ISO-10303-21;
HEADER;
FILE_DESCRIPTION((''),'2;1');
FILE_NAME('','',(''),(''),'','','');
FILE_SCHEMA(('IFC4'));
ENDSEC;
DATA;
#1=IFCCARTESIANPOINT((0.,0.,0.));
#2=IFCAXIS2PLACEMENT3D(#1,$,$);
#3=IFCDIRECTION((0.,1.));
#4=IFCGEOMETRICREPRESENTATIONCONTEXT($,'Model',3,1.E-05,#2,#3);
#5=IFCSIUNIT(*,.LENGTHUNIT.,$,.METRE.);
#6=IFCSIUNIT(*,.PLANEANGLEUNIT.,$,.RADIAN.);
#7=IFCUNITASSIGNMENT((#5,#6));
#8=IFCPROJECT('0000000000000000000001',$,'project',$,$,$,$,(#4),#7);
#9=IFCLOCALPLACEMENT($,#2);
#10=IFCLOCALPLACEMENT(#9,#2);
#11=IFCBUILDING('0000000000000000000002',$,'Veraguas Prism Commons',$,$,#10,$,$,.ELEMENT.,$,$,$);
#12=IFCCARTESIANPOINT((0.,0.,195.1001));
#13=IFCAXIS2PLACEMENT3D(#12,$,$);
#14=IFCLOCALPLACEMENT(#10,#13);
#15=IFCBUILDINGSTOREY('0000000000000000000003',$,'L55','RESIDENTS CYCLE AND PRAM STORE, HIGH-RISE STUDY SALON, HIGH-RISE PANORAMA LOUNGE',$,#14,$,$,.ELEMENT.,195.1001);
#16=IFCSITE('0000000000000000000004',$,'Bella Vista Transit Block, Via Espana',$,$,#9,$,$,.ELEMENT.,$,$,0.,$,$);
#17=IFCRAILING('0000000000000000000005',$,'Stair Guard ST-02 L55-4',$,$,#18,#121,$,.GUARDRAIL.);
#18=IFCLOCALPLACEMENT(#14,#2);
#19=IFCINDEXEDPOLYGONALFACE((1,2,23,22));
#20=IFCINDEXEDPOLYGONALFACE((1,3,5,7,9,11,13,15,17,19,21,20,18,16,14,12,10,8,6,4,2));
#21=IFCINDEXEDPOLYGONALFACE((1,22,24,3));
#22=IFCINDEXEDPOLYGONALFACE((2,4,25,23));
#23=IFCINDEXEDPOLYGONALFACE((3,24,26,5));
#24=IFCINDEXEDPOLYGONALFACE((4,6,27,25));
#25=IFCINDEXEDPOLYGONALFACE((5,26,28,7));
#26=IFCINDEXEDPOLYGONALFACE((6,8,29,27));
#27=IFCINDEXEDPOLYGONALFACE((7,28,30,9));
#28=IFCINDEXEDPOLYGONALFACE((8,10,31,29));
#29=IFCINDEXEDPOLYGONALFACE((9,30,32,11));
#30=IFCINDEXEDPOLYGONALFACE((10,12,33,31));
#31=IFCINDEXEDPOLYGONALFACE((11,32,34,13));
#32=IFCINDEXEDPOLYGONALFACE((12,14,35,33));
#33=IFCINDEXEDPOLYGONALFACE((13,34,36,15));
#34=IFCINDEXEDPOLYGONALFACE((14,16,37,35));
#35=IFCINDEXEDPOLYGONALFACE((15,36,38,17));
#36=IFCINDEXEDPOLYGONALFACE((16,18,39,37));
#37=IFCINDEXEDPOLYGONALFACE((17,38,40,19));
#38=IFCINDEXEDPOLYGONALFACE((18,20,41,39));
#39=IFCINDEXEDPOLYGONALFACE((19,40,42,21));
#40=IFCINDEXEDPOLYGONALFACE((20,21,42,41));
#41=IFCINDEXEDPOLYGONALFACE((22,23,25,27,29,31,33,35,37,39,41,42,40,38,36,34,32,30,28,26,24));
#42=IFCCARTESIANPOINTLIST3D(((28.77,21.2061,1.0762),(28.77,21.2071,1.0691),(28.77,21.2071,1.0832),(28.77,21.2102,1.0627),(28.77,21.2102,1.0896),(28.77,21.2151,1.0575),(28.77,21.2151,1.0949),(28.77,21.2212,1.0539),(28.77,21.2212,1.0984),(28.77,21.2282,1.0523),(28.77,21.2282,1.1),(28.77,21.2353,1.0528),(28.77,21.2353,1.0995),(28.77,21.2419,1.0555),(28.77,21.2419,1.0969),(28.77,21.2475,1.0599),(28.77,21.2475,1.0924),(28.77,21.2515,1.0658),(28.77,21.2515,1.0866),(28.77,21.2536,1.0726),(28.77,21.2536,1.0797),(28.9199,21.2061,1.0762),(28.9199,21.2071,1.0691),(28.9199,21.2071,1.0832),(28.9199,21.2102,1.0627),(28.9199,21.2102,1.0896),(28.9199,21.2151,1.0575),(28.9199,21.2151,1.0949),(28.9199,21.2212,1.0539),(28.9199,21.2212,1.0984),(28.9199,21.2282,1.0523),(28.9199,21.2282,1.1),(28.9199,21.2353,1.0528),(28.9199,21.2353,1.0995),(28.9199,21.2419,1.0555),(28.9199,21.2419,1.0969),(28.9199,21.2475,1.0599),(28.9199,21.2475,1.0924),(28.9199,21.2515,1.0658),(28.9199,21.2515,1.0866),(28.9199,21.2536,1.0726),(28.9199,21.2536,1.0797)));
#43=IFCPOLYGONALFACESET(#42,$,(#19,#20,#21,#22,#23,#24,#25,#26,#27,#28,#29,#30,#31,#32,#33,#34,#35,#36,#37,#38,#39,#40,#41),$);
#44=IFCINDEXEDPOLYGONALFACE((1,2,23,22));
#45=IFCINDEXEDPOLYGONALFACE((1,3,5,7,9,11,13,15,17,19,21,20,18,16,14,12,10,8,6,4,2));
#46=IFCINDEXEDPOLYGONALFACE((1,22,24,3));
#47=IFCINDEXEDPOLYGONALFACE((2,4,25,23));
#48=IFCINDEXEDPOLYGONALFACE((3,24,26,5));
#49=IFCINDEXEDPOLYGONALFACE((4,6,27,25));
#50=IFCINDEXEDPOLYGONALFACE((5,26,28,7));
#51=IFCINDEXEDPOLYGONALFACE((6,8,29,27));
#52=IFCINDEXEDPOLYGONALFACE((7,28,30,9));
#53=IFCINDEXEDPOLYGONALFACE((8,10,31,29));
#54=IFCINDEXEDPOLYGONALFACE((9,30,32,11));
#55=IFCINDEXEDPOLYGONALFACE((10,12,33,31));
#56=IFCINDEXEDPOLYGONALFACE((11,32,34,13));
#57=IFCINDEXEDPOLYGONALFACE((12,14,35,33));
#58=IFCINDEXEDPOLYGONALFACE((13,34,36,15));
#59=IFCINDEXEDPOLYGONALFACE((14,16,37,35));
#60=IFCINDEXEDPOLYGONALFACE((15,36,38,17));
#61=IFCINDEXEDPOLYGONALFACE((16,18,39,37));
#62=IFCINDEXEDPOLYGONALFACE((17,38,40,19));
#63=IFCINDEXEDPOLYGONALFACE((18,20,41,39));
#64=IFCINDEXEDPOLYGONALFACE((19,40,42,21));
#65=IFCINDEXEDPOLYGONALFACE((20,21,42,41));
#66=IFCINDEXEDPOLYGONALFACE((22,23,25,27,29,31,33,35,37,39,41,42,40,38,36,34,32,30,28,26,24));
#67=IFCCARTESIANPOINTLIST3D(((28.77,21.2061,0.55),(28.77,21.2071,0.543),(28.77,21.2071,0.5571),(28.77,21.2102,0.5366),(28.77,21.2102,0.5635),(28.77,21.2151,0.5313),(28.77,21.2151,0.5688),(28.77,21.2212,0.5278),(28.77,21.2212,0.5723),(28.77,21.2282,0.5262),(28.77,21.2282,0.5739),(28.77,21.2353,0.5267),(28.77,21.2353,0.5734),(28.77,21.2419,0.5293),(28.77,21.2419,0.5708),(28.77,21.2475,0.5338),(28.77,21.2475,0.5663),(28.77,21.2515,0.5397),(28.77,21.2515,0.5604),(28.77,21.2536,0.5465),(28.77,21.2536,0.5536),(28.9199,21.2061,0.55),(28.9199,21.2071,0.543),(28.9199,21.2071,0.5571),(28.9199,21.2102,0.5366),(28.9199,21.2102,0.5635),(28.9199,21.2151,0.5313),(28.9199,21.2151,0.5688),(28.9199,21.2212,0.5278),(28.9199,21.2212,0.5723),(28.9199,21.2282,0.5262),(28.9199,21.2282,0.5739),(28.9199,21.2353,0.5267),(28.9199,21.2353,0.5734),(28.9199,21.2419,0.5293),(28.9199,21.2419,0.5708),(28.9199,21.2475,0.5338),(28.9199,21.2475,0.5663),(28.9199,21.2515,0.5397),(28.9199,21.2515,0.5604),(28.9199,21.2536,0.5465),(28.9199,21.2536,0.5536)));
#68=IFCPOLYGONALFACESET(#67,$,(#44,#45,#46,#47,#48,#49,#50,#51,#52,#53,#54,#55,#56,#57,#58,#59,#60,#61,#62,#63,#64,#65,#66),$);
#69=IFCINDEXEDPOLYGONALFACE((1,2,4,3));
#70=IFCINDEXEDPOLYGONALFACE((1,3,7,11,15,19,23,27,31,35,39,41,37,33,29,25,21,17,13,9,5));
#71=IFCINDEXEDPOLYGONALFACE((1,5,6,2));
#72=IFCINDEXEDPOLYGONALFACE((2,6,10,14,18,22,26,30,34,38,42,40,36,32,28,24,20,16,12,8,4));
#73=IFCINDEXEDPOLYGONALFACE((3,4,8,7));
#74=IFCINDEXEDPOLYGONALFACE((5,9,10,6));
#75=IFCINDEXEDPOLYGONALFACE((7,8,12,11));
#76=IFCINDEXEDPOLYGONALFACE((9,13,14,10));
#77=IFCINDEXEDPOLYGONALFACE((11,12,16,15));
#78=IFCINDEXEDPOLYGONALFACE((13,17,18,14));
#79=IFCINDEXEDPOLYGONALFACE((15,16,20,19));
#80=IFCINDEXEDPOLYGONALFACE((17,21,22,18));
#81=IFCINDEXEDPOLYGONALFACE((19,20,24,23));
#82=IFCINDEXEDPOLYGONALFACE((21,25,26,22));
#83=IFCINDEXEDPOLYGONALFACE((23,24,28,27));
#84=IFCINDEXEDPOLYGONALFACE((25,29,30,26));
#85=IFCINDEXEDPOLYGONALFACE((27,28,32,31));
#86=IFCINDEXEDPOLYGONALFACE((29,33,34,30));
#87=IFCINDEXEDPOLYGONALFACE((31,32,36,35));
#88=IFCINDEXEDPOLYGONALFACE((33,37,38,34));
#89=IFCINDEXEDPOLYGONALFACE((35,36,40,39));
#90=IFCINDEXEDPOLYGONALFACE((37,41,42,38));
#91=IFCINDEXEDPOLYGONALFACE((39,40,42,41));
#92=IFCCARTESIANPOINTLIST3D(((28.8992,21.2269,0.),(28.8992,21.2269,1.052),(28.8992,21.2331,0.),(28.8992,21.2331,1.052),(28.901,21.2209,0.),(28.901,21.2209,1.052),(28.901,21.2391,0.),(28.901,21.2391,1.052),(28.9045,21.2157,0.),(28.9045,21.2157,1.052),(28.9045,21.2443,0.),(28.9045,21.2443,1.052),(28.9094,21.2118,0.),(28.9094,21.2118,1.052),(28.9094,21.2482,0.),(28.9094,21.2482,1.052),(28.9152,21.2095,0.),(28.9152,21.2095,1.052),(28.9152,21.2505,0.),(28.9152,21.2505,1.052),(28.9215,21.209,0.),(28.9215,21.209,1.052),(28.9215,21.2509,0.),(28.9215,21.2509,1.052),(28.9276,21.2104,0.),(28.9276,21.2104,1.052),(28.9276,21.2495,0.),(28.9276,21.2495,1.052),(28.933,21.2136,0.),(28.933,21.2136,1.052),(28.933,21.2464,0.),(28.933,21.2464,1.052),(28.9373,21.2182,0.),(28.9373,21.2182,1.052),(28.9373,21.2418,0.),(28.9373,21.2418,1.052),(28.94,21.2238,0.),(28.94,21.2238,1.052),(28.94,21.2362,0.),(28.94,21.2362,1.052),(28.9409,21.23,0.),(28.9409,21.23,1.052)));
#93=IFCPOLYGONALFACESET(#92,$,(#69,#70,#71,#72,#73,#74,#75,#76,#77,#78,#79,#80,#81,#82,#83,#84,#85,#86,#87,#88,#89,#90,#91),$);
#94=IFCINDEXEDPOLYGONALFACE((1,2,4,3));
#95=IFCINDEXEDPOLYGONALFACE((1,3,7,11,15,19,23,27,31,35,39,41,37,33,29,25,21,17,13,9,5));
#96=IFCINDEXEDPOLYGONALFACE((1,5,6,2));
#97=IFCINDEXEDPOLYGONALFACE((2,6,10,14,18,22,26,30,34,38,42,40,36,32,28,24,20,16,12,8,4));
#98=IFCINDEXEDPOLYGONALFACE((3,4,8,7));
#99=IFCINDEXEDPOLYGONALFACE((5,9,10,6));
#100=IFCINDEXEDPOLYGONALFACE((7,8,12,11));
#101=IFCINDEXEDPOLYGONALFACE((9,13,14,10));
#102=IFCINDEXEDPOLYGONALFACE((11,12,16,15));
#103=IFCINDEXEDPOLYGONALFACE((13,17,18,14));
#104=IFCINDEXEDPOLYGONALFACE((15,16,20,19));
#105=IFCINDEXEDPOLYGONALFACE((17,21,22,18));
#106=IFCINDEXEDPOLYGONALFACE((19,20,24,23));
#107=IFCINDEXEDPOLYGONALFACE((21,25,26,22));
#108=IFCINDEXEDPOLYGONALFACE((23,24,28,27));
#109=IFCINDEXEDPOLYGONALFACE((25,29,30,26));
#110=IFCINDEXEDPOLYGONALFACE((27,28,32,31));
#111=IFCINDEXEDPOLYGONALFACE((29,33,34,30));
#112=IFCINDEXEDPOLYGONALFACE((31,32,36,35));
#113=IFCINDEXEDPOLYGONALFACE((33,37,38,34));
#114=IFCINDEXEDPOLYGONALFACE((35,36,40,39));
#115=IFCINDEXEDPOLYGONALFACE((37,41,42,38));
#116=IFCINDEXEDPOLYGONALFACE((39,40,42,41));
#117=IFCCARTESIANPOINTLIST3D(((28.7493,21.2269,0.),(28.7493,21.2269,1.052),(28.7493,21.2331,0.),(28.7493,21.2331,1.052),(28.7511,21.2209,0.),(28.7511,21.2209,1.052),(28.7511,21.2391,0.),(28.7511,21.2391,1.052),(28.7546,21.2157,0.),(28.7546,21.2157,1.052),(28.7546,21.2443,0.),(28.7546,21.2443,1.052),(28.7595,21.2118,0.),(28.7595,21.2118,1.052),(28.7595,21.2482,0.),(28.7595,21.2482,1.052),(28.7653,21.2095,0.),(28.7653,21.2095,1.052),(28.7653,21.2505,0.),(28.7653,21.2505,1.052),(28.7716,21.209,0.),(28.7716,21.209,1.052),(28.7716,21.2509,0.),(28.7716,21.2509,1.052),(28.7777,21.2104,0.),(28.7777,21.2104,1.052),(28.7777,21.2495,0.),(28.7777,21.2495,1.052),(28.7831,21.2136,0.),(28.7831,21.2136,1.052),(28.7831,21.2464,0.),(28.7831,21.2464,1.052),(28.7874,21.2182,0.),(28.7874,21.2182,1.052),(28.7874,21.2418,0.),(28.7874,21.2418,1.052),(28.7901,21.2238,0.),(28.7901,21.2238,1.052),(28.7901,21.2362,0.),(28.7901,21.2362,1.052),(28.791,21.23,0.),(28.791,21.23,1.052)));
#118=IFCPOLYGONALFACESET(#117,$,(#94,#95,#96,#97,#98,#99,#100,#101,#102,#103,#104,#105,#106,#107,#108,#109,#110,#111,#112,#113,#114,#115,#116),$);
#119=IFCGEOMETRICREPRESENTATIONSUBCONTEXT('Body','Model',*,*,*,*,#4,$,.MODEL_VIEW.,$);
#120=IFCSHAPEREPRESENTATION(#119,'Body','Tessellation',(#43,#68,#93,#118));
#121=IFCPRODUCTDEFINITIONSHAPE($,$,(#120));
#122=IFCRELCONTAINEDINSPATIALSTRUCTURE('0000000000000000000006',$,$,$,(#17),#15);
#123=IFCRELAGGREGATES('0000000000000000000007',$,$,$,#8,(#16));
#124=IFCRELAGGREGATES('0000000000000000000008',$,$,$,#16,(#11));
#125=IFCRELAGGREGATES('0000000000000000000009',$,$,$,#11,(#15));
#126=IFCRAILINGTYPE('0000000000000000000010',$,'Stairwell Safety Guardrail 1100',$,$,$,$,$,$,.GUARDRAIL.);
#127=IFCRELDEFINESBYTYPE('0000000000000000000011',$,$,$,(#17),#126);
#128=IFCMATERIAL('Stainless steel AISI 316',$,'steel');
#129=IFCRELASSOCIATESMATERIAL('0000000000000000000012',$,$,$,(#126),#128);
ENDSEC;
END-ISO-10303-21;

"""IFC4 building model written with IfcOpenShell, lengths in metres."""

from ifc_helpers import new_model, si_unit, direction, frame, origin, origin_2d, place, context, subcontext, project, spatial, circle, extrude, material, type_object, element, save


model = new_model("IFC4")

# Units and contexts
model_context = context("Model", 3, precision=1e-05, world=origin(), true_north=direction((0.0, 1.0)))
body_context = subcontext(model_context, "Body", "Model", "MODEL_VIEW")
ifc_project = project(units=[si_unit("LENGTHUNIT", "METRE"), si_unit("PLANEANGLEUNIT", "RADIAN")], contexts=[model_context])

# Site, building, storey
site_placement = place(None, origin())
site = spatial("IfcSite", under=ifc_project, at=site_placement, Name="Bella Vista Transit Block, Via Espana", CompositionType="ELEMENT", RefElevation=0.0)
building_placement = place(site_placement, origin())
building = spatial("IfcBuilding", under=site, at=building_placement, Name="Veraguas Prism Commons", CompositionType="ELEMENT")
storey_placement = place(building_placement, frame((0.0, 0.0, 195.1001)))
storey = spatial("IfcBuildingStorey", under=building, at=storey_placement, Name="L55", Description="RESIDENTS CYCLE AND PRAM STORE, HIGH-RISE STUDY SALON, HIGH-RISE PANORAMA LOUNGE", CompositionType="ELEMENT", Elevation=195.1001)

# Shared definitions
ifc_material_1 = material(Name="Stainless steel AISI 316", Category="steel")

# Railing
railing_type = type_object("IfcRailingType", Name="Stairwell Safety Guardrail 1100", PredefinedType="GUARDRAIL", material=ifc_material_1)
railing_1_placement = place(storey_placement, frame((28.9199, 21.23, 0.0)))
element("IfcRailing", 1, at=railing_1_placement, inside=storey, type_object=railing_type, Name="Stair Guard ST-02 L55-4", PredefinedType="GUARDRAIL", context=body_context, shape_type="SweptSolid", body=[
    extrude(circle(Radius=0.0239, at=origin_2d()), frame((0.0, 0.0, 1.0762), z_axis=(-1.0, 0.0, 0.0), x_axis=(0.0, -1.0, 0.0)), (0.0, 0.0, 1.0), 0.1499),
    extrude(circle(Radius=0.0239, at=origin_2d()), frame((0.0, 0.0, 0.55), z_axis=(-1.0, 0.0, 0.0), x_axis=(0.0, -1.0, 0.0)), (0.0, 0.0, 1.0), 0.1499),
    extrude(circle(Radius=0.021, at=origin_2d()), origin(), (0.0, 0.0, 1.0), 1.052),
    extrude(circle(Radius=0.021, at=origin_2d()), frame((-0.1499, 0.0, 0.0)), (0.0, 0.0, 1.0), 1.052),
])

save(model, "model.ifc")
